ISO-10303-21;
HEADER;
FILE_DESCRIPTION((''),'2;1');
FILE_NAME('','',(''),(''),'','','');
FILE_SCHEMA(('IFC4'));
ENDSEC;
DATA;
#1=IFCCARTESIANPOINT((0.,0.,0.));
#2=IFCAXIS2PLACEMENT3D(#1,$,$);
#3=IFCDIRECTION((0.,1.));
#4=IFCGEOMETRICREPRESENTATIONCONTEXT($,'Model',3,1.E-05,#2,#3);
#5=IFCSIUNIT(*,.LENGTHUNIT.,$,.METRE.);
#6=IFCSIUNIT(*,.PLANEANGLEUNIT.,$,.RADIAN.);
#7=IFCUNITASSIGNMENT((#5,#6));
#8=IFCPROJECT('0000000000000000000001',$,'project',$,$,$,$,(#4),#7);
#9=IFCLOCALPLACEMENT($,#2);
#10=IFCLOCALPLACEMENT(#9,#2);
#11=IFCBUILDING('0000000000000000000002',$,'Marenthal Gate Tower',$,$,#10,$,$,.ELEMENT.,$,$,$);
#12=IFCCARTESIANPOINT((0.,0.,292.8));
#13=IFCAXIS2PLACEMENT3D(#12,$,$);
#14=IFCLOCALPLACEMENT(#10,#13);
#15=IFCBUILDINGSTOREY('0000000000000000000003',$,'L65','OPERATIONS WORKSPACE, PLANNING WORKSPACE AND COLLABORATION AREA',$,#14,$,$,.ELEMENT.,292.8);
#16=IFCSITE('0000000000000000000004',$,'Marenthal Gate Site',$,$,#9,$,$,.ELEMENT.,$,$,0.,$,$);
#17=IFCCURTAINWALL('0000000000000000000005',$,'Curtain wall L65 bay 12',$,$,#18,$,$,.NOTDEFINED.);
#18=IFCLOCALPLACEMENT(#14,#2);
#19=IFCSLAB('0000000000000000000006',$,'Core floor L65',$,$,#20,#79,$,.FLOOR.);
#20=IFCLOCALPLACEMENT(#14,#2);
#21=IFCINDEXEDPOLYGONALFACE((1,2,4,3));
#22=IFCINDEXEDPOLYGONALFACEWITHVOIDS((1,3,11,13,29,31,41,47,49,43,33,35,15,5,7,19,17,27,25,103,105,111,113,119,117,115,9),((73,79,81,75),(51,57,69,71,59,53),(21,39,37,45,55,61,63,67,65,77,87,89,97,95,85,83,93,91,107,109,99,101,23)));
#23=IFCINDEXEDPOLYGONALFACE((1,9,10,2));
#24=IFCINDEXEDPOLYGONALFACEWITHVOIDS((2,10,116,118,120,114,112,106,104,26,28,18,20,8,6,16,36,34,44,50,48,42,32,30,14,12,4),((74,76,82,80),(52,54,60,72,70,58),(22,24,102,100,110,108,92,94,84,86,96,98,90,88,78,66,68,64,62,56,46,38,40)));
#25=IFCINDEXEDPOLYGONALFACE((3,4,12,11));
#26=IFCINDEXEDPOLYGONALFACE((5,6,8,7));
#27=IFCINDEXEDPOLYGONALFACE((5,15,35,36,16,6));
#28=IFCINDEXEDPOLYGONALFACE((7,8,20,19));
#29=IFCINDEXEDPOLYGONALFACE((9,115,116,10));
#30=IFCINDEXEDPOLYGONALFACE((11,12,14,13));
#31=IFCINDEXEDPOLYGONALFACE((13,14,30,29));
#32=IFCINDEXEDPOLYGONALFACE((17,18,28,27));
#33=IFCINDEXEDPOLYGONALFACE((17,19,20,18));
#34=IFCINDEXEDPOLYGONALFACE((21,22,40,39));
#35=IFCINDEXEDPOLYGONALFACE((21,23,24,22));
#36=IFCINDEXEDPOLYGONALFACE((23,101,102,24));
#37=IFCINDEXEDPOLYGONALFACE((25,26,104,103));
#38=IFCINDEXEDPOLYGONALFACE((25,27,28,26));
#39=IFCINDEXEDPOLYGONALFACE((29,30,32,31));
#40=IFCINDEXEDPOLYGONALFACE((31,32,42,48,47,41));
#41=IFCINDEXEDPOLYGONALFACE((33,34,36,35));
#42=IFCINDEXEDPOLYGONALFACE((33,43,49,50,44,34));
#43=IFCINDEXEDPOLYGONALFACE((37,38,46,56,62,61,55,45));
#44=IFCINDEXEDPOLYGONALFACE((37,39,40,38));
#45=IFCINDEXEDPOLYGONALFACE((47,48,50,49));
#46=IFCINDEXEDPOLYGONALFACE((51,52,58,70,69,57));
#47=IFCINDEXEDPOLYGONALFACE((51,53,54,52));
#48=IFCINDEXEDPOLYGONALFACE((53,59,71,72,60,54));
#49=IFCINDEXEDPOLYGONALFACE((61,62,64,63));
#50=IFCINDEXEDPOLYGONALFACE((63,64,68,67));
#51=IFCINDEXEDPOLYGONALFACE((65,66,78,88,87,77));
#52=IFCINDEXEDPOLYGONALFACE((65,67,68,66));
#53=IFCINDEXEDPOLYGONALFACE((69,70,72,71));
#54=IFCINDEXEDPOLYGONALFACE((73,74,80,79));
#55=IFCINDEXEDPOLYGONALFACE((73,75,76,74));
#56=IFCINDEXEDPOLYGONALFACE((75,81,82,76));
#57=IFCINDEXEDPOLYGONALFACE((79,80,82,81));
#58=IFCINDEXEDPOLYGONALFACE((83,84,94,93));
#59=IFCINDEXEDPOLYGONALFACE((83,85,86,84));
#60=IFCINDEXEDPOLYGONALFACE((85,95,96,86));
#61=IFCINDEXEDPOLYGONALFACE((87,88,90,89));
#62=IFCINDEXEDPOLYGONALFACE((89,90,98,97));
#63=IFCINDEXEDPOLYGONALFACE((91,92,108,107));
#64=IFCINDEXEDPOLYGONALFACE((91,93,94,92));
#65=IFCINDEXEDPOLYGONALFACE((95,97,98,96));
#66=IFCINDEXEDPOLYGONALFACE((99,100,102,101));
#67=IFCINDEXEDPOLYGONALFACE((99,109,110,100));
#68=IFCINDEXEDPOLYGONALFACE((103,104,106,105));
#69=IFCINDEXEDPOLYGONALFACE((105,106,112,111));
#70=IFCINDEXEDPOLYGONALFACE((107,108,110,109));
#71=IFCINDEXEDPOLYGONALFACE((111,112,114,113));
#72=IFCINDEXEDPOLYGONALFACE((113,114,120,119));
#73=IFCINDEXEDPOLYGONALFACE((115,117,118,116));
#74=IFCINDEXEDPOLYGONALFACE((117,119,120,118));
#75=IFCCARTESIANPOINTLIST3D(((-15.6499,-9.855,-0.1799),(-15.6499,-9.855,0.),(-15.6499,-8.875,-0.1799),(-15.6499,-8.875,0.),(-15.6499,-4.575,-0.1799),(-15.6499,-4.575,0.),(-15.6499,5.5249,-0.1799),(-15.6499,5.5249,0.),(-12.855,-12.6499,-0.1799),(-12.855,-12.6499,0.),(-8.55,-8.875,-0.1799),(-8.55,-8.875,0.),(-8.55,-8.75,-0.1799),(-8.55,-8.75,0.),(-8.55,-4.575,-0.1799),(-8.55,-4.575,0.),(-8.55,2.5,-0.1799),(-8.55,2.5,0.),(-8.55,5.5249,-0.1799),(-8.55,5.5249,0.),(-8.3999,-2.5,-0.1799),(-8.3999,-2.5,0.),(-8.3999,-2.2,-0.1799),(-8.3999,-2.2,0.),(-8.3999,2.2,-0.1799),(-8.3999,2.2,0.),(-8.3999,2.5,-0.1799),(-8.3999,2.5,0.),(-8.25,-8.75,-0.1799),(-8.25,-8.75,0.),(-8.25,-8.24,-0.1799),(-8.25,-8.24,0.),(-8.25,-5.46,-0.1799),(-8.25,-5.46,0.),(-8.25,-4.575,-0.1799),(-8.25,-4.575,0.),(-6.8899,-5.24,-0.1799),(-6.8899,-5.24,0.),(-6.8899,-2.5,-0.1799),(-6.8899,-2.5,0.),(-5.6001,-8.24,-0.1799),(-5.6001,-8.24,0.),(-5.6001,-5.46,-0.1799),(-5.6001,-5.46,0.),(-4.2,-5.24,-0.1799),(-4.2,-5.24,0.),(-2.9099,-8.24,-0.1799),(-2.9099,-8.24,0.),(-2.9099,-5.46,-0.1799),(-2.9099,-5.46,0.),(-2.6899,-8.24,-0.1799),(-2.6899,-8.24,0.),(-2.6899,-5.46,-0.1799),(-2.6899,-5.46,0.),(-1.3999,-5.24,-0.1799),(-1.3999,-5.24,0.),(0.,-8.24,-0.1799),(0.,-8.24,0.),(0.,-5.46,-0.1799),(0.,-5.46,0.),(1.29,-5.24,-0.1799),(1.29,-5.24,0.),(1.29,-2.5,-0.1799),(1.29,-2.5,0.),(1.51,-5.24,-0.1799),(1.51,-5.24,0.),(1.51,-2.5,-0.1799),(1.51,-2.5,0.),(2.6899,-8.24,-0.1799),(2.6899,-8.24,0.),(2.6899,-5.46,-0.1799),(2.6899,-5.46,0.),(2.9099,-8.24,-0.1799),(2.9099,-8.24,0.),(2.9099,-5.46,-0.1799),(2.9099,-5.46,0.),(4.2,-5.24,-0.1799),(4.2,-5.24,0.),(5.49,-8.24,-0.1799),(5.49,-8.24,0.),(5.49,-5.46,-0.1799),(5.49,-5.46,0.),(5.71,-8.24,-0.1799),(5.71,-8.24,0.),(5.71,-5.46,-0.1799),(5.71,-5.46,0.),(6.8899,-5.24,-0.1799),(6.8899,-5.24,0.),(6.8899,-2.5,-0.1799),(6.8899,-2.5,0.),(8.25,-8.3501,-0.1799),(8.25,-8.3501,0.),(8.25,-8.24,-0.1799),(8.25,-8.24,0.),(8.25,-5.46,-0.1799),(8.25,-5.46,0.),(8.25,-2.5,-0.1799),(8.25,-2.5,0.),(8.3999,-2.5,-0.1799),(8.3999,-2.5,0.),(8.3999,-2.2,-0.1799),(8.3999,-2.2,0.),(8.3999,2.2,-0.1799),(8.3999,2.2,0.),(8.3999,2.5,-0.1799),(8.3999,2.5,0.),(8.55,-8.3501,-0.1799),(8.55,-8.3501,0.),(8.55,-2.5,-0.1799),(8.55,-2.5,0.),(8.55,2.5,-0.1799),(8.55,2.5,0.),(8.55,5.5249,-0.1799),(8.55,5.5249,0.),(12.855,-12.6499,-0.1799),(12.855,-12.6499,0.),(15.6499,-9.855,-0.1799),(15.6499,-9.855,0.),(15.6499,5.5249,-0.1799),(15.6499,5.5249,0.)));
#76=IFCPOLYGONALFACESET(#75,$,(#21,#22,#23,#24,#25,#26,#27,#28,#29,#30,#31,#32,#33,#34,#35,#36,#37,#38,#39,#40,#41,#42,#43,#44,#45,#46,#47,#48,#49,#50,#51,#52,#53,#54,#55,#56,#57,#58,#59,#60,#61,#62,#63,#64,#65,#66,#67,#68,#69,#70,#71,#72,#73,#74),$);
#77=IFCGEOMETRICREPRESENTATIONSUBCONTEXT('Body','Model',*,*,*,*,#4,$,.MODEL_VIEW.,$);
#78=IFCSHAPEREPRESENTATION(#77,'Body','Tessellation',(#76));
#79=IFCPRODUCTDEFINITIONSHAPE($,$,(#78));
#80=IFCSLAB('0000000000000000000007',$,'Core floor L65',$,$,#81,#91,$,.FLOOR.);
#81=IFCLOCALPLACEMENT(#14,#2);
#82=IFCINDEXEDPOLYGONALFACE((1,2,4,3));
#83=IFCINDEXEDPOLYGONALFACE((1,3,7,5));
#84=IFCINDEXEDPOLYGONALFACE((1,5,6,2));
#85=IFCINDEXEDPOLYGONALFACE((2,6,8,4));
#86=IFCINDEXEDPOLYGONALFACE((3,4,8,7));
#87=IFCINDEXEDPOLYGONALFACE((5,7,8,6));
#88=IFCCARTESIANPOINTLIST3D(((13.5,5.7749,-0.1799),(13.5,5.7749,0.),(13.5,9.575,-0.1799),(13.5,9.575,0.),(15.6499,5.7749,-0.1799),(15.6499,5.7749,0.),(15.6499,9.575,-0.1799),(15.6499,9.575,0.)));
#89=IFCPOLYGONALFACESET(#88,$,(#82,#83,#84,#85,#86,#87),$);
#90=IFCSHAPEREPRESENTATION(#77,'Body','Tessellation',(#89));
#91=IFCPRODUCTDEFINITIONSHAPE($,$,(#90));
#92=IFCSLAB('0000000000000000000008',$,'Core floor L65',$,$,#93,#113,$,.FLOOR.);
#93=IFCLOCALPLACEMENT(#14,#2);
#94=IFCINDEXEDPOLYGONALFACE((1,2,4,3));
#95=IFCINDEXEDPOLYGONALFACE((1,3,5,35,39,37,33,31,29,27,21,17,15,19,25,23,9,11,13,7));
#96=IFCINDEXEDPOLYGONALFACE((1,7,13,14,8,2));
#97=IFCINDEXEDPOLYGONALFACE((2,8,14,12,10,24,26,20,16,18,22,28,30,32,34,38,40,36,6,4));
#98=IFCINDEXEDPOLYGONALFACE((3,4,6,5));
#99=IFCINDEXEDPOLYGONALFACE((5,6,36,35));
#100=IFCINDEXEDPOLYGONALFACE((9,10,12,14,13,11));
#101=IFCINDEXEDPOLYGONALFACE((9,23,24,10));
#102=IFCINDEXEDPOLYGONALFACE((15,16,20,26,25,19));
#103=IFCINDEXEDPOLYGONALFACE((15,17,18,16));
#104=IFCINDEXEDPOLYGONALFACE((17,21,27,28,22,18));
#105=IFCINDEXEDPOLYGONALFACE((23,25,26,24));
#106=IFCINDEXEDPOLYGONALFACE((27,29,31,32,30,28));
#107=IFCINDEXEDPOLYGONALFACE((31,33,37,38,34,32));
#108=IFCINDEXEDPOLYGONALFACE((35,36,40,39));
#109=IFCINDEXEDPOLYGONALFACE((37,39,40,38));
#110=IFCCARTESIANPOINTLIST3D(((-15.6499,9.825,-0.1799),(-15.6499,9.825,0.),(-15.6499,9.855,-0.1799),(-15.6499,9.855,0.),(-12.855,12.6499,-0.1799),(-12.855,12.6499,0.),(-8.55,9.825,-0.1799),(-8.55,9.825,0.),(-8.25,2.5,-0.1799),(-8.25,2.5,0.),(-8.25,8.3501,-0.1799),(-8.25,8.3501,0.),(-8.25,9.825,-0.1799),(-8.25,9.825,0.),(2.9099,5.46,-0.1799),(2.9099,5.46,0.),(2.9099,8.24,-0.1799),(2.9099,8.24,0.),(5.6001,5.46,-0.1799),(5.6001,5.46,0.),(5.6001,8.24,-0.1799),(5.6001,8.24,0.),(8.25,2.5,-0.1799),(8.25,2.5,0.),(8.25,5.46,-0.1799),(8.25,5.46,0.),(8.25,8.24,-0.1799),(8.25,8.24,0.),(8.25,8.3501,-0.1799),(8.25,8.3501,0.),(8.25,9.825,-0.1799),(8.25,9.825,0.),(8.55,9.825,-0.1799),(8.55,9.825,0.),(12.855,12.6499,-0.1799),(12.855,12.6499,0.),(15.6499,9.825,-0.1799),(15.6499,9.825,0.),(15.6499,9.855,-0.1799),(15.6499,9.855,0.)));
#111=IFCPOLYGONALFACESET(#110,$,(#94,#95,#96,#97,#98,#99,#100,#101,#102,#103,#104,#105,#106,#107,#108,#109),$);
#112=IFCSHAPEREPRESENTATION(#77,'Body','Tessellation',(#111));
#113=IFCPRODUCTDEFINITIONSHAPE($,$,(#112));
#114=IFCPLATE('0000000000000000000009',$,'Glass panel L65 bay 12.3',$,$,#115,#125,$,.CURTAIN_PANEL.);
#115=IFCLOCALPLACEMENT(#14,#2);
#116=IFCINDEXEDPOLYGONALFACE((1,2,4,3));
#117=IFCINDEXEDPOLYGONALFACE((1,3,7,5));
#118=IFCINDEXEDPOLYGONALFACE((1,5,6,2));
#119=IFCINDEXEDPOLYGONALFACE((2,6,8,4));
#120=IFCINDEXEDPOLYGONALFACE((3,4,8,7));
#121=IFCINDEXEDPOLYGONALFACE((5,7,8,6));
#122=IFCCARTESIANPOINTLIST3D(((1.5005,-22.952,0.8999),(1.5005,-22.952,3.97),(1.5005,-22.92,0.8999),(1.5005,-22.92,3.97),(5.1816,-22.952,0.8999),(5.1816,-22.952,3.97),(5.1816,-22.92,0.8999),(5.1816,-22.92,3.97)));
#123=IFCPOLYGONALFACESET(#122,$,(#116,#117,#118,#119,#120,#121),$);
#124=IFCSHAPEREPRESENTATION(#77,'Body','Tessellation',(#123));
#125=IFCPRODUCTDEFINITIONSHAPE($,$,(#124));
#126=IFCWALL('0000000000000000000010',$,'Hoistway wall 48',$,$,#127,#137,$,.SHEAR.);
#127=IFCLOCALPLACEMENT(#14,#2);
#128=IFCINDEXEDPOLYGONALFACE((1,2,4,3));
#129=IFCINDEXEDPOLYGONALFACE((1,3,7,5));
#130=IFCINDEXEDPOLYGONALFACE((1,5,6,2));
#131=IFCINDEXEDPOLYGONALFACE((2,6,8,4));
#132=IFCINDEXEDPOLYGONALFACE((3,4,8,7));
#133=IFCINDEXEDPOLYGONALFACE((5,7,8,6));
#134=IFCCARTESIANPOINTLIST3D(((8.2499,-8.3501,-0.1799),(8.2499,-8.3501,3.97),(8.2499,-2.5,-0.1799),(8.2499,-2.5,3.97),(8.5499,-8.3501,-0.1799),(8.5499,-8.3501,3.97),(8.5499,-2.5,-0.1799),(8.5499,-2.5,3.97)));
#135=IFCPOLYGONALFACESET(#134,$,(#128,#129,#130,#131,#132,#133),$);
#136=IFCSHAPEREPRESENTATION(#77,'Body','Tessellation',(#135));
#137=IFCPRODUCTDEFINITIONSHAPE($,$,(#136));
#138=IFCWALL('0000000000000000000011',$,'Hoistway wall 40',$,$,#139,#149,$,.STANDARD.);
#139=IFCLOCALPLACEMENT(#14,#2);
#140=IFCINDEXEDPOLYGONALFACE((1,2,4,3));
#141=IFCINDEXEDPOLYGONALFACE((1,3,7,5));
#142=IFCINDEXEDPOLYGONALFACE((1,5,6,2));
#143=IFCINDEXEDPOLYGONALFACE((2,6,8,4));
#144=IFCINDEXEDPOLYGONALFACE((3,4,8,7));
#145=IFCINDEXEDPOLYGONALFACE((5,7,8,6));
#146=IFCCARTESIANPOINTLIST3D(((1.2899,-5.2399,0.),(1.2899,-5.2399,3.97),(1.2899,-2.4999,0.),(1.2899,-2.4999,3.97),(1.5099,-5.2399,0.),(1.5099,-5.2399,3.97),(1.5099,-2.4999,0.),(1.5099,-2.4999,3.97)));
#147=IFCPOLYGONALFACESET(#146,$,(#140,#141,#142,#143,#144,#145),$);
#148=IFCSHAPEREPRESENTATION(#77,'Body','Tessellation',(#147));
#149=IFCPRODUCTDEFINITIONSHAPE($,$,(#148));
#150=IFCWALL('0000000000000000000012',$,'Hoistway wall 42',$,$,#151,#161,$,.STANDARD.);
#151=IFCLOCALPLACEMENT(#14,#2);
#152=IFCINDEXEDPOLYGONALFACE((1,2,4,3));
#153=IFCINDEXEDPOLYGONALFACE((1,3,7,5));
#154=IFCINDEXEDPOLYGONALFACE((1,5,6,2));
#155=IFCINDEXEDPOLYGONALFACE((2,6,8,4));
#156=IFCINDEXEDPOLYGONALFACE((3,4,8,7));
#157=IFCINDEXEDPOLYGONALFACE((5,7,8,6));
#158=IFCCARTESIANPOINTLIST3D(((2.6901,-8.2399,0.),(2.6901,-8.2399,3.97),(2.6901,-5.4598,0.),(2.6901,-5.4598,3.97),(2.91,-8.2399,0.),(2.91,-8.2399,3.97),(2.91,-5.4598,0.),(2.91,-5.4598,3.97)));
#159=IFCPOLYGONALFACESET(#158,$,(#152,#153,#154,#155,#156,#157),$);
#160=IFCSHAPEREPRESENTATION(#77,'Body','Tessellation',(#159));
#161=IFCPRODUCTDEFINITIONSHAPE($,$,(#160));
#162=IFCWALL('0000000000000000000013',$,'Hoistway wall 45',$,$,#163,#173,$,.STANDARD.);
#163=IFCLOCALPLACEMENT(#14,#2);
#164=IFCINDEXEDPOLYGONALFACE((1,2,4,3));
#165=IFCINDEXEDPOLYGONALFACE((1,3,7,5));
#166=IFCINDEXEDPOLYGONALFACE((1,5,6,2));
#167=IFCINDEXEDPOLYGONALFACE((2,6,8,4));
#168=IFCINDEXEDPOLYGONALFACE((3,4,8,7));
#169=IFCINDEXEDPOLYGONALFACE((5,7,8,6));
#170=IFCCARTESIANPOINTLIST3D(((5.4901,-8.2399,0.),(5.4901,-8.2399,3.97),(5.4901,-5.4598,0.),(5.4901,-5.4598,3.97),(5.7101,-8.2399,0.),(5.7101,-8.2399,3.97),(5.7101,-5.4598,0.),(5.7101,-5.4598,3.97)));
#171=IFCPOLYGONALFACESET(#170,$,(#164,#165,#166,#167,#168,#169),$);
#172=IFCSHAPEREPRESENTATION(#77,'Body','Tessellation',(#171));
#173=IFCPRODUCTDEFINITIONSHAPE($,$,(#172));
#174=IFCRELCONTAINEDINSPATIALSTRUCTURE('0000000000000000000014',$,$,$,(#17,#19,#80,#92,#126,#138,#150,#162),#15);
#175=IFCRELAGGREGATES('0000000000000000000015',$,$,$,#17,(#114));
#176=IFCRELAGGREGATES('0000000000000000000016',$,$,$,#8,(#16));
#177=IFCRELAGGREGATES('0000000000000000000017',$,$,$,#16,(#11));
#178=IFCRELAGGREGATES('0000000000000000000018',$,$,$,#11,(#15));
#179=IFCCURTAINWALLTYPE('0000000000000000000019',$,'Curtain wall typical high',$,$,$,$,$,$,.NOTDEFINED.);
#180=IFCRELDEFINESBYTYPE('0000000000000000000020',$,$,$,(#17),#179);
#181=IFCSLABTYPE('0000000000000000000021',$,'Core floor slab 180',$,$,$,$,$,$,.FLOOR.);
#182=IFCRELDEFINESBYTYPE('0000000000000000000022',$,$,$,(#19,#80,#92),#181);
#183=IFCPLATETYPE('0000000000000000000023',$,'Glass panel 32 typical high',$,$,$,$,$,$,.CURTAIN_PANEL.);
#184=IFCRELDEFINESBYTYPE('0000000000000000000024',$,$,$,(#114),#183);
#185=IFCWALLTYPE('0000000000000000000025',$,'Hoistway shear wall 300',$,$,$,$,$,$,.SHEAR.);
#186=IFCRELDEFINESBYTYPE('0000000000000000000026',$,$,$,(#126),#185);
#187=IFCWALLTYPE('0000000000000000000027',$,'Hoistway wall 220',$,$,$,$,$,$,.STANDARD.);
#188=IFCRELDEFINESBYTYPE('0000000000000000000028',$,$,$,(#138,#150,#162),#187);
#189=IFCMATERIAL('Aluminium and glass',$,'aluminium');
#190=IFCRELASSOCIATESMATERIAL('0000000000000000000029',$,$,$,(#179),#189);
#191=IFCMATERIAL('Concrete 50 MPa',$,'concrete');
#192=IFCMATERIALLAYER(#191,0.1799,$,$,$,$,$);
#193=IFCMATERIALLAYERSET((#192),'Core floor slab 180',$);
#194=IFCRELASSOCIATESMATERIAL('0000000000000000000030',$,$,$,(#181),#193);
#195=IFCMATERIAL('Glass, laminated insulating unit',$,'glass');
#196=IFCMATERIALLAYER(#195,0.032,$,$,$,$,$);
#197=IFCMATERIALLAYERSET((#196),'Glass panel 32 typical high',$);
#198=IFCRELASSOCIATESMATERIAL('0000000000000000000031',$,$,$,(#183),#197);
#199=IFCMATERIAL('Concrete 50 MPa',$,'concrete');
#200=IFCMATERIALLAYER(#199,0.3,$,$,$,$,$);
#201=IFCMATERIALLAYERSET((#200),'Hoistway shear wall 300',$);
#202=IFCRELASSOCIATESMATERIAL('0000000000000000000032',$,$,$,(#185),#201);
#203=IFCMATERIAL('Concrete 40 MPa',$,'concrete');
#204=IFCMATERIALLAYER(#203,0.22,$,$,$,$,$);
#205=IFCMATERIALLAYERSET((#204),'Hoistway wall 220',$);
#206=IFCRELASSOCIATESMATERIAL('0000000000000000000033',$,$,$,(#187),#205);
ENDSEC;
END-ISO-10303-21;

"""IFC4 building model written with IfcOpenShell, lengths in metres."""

from ifc_helpers import new_model, si_unit, direction, frame, frame_2d, origin, origin_2d, place, context, subcontext, project, spatial, polyline, rectangle, outline, extrude, material, layer, layer_set, type_object, element, aggregate, save


model = new_model("IFC4")

# Units and contexts
model_context = context("Model", 3, precision=1e-05, world=origin(), true_north=direction((0.0, 1.0)))
body_context = subcontext(model_context, "Body", "Model", "MODEL_VIEW")
ifc_project = project(units=[si_unit("LENGTHUNIT", "METRE"), si_unit("PLANEANGLEUNIT", "RADIAN")], contexts=[model_context])

# Site, building, storey
site_placement = place(None, origin())
site = spatial("IfcSite", under=ifc_project, at=site_placement, Name="Marenthal Gate Site", CompositionType="ELEMENT", RefElevation=0.0)
building_placement = place(site_placement, origin())
building = spatial("IfcBuilding", under=site, at=building_placement, Name="Marenthal Gate Tower", CompositionType="ELEMENT")
storey_placement = place(building_placement, frame((0.0, 0.0, 292.8)))
storey = spatial("IfcBuildingStorey", under=building, at=storey_placement, Name="L65", Description="OPERATIONS WORKSPACE, PLANNING WORKSPACE AND COLLABORATION AREA", CompositionType="ELEMENT", Elevation=292.8)

# Curtain wall
ifc_material_1 = material(Name="Aluminium and glass", Category="aluminium")
curtain_wall_type = type_object("IfcCurtainWallType", Name="Curtain wall typical high", PredefinedType="NOTDEFINED", material=ifc_material_1)
curtain_wall_placement = place(storey_placement, origin())
curtain_wall = element("IfcCurtainWall", 1, at=curtain_wall_placement, inside=storey, type_object=curtain_wall_type, Name="Curtain wall L65 bay 12", PredefinedType="NOTDEFINED")

# Slabs
ifc_material_2 = material(Name="Concrete 50 MPa", Category="concrete")
ifc_layer_1 = layer(ifc_material_2, 0.1799)
ifc_layer_set_1 = layer_set([ifc_layer_1], Name="Core floor slab 180")
slab_type_1 = type_object("IfcSlabType", Name="Core floor slab 180", PredefinedType="FLOOR", material=ifc_layer_set_1)
slab_1_placement = place(storey_placement, frame((0.0, 0.0, -0.1799)))
element("IfcSlab", 2, at=slab_1_placement, inside=storey, type_object=slab_type_1, Name="Core floor L65", PredefinedType="FLOOR", context=body_context, shape_type="SweptSolid", body=[
    extrude(outline(polyline([(12.855, -12.6499), (-12.855, -12.6499), (-15.6499, -9.855), (-15.6499, -8.875), (-8.55, -8.875), (-8.55, -8.75), (-8.25, -8.75), (-8.25, -8.24), (-5.6001, -8.24), (-2.9099, -8.24), (-2.9099, -5.46), (-5.6001, -5.46), (-8.25, -5.46), (-8.25, -4.575), (-8.55, -4.575), (-15.6499, -4.575), (-15.6499, 5.5249), (-8.55, 5.5249), (-8.55, 2.5), (-8.3999, 2.5), (-8.3999, 2.2), (8.3999, 2.2), (8.3999, 2.5), (8.55, 2.5), (8.55, 5.5249), (15.6499, 5.5249), (15.6499, -9.855), (12.855, -12.6499)]), holes=[polyline([(0.0, -8.24), (2.6899, -8.24), (2.6899, -5.46), (0.0, -5.46), (-2.6899, -5.46), (-2.6899, -8.24), (0.0, -8.24)]), polyline([(1.29, -5.24), (1.29, -2.5), (1.51, -2.5), (1.51, -5.24), (4.2, -5.24), (6.8899, -5.24), (6.8899, -2.5), (8.25, -2.5), (8.25, -5.46), (5.71, -5.46), (5.71, -8.24), (8.25, -8.24), (8.25, -8.3501), (8.55, -8.3501), (8.55, -2.5), (8.3999, -2.5), (8.3999, -2.2), (-8.3999, -2.2), (-8.3999, -2.5), (-6.8899, -2.5), (-6.8899, -5.24), (-4.2, -5.24), (-1.3999, -5.24), (1.29, -5.24)]), polyline([(5.49, -5.46), (2.9099, -5.46), (2.9099, -8.24), (5.49, -8.24), (5.49, -5.46)])]), origin(), (0.0, 0.0, 1.0), 0.1799),
])
slab_2_placement = place(storey_placement, frame((0.0, 0.0, -0.1799)))
element("IfcSlab", 3, at=slab_2_placement, inside=storey, type_object=slab_type_1, Name="Core floor L65", PredefinedType="FLOOR", context=body_context, shape_type="SweptSolid", body=[
    extrude(outline(polyline([(15.6499, 5.7749), (13.5, 5.7749), (13.5, 9.575), (15.6499, 9.575), (15.6499, 5.7749)])), origin(), (0.0, 0.0, 1.0), 0.1799),
])
slab_3_placement = place(storey_placement, frame((0.0, 0.0, -0.1799)))
element("IfcSlab", 4, at=slab_3_placement, inside=storey, type_object=slab_type_1, Name="Core floor L65", PredefinedType="FLOOR", context=body_context, shape_type="SweptSolid", body=[
    extrude(outline(polyline([(15.6499, 9.825), (8.55, 9.825), (8.25, 9.825), (8.25, 8.3501), (8.25, 8.24), (5.6001, 8.24), (2.9099, 8.24), (2.9099, 5.46), (5.6001, 5.46), (8.25, 5.46), (8.25, 2.5), (-8.25, 2.5), (-8.25, 8.3501), (-8.25, 9.825), (-8.55, 9.825), (-15.6499, 9.825), (-15.6499, 9.855), (-12.855, 12.6499), (12.855, 12.6499), (15.6499, 9.855), (15.6499, 9.825)])), origin(), (0.0, 0.0, 1.0), 0.1799),
])

# Plate
ifc_material_3 = material(Name="Glass, laminated insulating unit", Category="glass")
ifc_layer_2 = layer(ifc_material_3, 0.032)
ifc_layer_set_2 = layer_set([ifc_layer_2], Name="Glass panel 32 typical high")
plate_type = type_object("IfcPlateType", Name="Glass panel 32 typical high", PredefinedType="CURTAIN_PANEL", material=ifc_layer_set_2)
plate_placement = place(storey_placement, frame((3.3411, -22.936, 0.8999), z_axis=(0.0, 0.0, 1.0), x_axis=(1.0, 0.0, 0.0)))
plate = element("IfcPlate", 5, at=plate_placement, type_object=plate_type, Name="Glass panel L65 bay 12.3", PredefinedType="CURTAIN_PANEL", context=body_context, shape_type="SweptSolid", body=[
    extrude(rectangle(XDim=3.6812, YDim=0.032, at=origin_2d()), origin(), (0.0, 0.0, 1.0), 3.0701),
])
aggregate(curtain_wall, [plate])

# Walls
ifc_material_4 = material(Name="Concrete 50 MPa", Category="concrete")
ifc_layer_3 = layer(ifc_material_4, 0.3)
ifc_layer_set_3 = layer_set([ifc_layer_3], Name="Hoistway shear wall 300")
wall_type_1 = type_object("IfcWallType", Name="Hoistway shear wall 300", PredefinedType="SHEAR", material=ifc_layer_set_3)
wall_1_placement = place(storey_placement, frame((8.3999, -8.3501, -0.1799), z_axis=(0.0, 0.0, 1.0), x_axis=(0.0, 1.0, 0.0)))
element("IfcWall", 6, at=wall_1_placement, inside=storey, type_object=wall_type_1, Name="Hoistway wall 48", PredefinedType="SHEAR", context=body_context, shape_type="SweptSolid", body=[
    extrude(rectangle(XDim=5.8501, YDim=0.3, at=frame_2d((2.925, 0.0))), origin(), (0.0, 0.0, 1.0), 4.1499),
])
ifc_material_5 = material(Name="Concrete 40 MPa", Category="concrete")
ifc_layer_4 = layer(ifc_material_5, 0.22)
ifc_layer_set_4 = layer_set([ifc_layer_4], Name="Hoistway wall 220")
wall_type_2 = type_object("IfcWallType", Name="Hoistway wall 220", PredefinedType="STANDARD", material=ifc_layer_set_4)
wall_2_placement = place(storey_placement, frame((1.3999, -5.24, 0.0), z_axis=(0.0, 0.0, 1.0), x_axis=(0.0, 1.0, 0.0)))
element("IfcWall", 7, at=wall_2_placement, inside=storey, type_object=wall_type_2, Name="Hoistway wall 40", PredefinedType="STANDARD", context=body_context, shape_type="SweptSolid", body=[
    extrude(rectangle(XDim=2.74, YDim=0.22, at=frame_2d((1.3701, 0.0))), origin(), (0.0, 0.0, 1.0), 3.97),
])
for number, where, z_axis, x_axis, name in (
    (8, (2.8, -8.24, 0.0), (0.0, 0.0, 1.0), (0.0, 1.0, 0.0), "Hoistway wall 42"),
    (9, (5.6001, -8.24, 0.0), (0.0, 0.0, 1.0), (0.0, 1.0, 0.0), "Hoistway wall 45"),
):
    element("IfcWall", number, at=place(storey_placement, frame(where, z_axis=z_axis, x_axis=x_axis)), inside=storey, type_object=wall_type_2, Name=name, PredefinedType="STANDARD", context=body_context, shape_type="SweptSolid", body=[
        extrude(rectangle(XDim=2.78, YDim=0.22, at=frame_2d((1.3901, 0.0))), origin(), (0.0, 0.0, 1.0), 3.97),
    ])

save(model, "model.ifc")
